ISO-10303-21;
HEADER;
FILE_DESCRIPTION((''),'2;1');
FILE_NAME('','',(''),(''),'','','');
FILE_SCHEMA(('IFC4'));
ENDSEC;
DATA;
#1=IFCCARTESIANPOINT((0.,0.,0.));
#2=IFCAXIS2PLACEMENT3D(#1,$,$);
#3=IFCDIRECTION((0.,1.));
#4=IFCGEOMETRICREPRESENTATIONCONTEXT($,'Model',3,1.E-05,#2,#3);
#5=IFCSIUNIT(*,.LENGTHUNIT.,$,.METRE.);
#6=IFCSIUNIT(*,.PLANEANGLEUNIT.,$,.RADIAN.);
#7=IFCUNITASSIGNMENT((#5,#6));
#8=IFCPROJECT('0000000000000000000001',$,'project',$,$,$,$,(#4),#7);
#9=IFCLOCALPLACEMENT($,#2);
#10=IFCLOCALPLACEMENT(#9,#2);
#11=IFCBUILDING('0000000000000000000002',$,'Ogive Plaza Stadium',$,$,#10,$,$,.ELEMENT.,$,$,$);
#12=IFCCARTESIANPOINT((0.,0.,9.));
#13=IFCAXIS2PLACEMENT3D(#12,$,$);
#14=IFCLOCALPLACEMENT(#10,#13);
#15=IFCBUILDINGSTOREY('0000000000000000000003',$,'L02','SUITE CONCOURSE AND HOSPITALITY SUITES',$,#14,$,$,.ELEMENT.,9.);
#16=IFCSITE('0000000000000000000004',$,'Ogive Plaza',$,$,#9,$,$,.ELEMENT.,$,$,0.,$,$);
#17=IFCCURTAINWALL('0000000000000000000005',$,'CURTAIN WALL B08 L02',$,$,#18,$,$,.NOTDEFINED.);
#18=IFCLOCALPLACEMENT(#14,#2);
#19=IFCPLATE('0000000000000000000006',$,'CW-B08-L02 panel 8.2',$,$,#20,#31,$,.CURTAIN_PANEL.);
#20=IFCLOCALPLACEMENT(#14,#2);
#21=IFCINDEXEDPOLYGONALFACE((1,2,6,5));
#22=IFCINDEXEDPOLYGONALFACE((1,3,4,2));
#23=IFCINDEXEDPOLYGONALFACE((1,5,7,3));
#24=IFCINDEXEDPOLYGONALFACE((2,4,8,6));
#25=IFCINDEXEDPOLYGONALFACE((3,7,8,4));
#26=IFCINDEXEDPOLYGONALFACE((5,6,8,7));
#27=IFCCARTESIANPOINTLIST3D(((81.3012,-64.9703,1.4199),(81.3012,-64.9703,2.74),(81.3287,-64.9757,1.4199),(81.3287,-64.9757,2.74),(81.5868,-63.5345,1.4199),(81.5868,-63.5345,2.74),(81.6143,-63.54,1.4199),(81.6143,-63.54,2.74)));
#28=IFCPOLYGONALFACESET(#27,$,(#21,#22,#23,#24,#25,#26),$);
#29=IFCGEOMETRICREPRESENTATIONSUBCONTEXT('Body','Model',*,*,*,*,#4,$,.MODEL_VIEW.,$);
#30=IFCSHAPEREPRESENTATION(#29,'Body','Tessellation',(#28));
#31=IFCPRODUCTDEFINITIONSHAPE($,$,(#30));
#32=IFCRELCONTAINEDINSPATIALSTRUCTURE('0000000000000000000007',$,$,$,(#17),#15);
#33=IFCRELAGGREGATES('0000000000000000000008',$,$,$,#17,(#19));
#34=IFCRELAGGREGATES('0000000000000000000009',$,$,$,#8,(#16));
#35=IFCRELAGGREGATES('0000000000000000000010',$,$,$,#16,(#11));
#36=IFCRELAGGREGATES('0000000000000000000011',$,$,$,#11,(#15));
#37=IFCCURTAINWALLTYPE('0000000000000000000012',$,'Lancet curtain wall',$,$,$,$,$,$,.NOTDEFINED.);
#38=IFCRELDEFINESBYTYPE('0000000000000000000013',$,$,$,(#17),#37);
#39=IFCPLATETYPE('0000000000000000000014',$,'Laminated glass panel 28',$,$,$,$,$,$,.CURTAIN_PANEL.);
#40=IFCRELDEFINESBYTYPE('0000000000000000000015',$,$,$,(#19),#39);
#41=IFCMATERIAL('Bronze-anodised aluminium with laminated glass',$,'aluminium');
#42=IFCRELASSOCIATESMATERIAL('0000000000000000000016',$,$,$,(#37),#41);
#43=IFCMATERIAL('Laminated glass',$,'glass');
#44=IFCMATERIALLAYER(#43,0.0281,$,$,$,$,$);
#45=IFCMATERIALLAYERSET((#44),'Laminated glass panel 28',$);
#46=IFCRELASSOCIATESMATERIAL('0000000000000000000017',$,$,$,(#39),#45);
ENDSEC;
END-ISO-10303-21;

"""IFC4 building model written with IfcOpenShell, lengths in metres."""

from ifc_helpers import new_model, si_unit, direction, frame, origin, origin_2d, place, context, subcontext, project, spatial, rectangle, extrude, material, layer, layer_set, type_object, element, aggregate, save


model = new_model("IFC4")

# Units and contexts
model_context = context("Model", 3, precision=1e-05, world=origin(), true_north=direction((0.0, 1.0)))
body_context = subcontext(model_context, "Body", "Model", "MODEL_VIEW")
ifc_project = project(units=[si_unit("LENGTHUNIT", "METRE"), si_unit("PLANEANGLEUNIT", "RADIAN")], contexts=[model_context])

# Site, building, storey
site_placement = place(None, origin())
site = spatial("IfcSite", under=ifc_project, at=site_placement, Name="Ogive Plaza", CompositionType="ELEMENT", RefElevation=0.0)
building_placement = place(site_placement, origin())
building = spatial("IfcBuilding", under=site, at=building_placement, Name="Ogive Plaza Stadium", CompositionType="ELEMENT")
storey_placement = place(building_placement, frame((0.0, 0.0, 9.0)))
storey = spatial("IfcBuildingStorey", under=building, at=storey_placement, Name="L02", Description="SUITE CONCOURSE AND HOSPITALITY SUITES", CompositionType="ELEMENT", Elevation=9.0)

# Curtain wall, plate
ifc_material_1 = material(Name="Bronze-anodised aluminium with laminated glass", Category="aluminium")
curtain_wall_type = type_object("IfcCurtainWallType", Name="Lancet curtain wall", PredefinedType="NOTDEFINED", material=ifc_material_1)
curtain_wall_placement = place(storey_placement, origin())
curtain_wall = element("IfcCurtainWall", 1, at=curtain_wall_placement, inside=storey, type_object=curtain_wall_type, Name="CURTAIN WALL B08 L02", PredefinedType="NOTDEFINED")
ifc_material_2 = material(Name="Laminated glass", Category="glass")
ifc_layer = layer(ifc_material_2, 0.0281)
ifc_layer_set = layer_set([ifc_layer], Name="Laminated glass panel 28")
plate_type = type_object("IfcPlateType", Name="Laminated glass panel 28", PredefinedType="CURTAIN_PANEL", material=ifc_layer_set)
plate_1_placement = place(storey_placement, frame((81.4578, -64.2551, 1.4199), z_axis=(0.0, 0.0, 1.0), x_axis=(-0.19509, -0.980785, 0.0)))
plate_1 = element("IfcPlate", 2, at=plate_1_placement, type_object=plate_type, Name="CW-B08-L02 panel 8.2", PredefinedType="CURTAIN_PANEL", context=body_context, shape_type="SweptSolid", body=[
    extrude(rectangle(XDim=1.4639, YDim=0.0281, at=origin_2d()), origin(), (0.0, 0.0, 1.0), 1.3201),
])
aggregate(curtain_wall, [plate_1])

save(model, "model.ifc")
